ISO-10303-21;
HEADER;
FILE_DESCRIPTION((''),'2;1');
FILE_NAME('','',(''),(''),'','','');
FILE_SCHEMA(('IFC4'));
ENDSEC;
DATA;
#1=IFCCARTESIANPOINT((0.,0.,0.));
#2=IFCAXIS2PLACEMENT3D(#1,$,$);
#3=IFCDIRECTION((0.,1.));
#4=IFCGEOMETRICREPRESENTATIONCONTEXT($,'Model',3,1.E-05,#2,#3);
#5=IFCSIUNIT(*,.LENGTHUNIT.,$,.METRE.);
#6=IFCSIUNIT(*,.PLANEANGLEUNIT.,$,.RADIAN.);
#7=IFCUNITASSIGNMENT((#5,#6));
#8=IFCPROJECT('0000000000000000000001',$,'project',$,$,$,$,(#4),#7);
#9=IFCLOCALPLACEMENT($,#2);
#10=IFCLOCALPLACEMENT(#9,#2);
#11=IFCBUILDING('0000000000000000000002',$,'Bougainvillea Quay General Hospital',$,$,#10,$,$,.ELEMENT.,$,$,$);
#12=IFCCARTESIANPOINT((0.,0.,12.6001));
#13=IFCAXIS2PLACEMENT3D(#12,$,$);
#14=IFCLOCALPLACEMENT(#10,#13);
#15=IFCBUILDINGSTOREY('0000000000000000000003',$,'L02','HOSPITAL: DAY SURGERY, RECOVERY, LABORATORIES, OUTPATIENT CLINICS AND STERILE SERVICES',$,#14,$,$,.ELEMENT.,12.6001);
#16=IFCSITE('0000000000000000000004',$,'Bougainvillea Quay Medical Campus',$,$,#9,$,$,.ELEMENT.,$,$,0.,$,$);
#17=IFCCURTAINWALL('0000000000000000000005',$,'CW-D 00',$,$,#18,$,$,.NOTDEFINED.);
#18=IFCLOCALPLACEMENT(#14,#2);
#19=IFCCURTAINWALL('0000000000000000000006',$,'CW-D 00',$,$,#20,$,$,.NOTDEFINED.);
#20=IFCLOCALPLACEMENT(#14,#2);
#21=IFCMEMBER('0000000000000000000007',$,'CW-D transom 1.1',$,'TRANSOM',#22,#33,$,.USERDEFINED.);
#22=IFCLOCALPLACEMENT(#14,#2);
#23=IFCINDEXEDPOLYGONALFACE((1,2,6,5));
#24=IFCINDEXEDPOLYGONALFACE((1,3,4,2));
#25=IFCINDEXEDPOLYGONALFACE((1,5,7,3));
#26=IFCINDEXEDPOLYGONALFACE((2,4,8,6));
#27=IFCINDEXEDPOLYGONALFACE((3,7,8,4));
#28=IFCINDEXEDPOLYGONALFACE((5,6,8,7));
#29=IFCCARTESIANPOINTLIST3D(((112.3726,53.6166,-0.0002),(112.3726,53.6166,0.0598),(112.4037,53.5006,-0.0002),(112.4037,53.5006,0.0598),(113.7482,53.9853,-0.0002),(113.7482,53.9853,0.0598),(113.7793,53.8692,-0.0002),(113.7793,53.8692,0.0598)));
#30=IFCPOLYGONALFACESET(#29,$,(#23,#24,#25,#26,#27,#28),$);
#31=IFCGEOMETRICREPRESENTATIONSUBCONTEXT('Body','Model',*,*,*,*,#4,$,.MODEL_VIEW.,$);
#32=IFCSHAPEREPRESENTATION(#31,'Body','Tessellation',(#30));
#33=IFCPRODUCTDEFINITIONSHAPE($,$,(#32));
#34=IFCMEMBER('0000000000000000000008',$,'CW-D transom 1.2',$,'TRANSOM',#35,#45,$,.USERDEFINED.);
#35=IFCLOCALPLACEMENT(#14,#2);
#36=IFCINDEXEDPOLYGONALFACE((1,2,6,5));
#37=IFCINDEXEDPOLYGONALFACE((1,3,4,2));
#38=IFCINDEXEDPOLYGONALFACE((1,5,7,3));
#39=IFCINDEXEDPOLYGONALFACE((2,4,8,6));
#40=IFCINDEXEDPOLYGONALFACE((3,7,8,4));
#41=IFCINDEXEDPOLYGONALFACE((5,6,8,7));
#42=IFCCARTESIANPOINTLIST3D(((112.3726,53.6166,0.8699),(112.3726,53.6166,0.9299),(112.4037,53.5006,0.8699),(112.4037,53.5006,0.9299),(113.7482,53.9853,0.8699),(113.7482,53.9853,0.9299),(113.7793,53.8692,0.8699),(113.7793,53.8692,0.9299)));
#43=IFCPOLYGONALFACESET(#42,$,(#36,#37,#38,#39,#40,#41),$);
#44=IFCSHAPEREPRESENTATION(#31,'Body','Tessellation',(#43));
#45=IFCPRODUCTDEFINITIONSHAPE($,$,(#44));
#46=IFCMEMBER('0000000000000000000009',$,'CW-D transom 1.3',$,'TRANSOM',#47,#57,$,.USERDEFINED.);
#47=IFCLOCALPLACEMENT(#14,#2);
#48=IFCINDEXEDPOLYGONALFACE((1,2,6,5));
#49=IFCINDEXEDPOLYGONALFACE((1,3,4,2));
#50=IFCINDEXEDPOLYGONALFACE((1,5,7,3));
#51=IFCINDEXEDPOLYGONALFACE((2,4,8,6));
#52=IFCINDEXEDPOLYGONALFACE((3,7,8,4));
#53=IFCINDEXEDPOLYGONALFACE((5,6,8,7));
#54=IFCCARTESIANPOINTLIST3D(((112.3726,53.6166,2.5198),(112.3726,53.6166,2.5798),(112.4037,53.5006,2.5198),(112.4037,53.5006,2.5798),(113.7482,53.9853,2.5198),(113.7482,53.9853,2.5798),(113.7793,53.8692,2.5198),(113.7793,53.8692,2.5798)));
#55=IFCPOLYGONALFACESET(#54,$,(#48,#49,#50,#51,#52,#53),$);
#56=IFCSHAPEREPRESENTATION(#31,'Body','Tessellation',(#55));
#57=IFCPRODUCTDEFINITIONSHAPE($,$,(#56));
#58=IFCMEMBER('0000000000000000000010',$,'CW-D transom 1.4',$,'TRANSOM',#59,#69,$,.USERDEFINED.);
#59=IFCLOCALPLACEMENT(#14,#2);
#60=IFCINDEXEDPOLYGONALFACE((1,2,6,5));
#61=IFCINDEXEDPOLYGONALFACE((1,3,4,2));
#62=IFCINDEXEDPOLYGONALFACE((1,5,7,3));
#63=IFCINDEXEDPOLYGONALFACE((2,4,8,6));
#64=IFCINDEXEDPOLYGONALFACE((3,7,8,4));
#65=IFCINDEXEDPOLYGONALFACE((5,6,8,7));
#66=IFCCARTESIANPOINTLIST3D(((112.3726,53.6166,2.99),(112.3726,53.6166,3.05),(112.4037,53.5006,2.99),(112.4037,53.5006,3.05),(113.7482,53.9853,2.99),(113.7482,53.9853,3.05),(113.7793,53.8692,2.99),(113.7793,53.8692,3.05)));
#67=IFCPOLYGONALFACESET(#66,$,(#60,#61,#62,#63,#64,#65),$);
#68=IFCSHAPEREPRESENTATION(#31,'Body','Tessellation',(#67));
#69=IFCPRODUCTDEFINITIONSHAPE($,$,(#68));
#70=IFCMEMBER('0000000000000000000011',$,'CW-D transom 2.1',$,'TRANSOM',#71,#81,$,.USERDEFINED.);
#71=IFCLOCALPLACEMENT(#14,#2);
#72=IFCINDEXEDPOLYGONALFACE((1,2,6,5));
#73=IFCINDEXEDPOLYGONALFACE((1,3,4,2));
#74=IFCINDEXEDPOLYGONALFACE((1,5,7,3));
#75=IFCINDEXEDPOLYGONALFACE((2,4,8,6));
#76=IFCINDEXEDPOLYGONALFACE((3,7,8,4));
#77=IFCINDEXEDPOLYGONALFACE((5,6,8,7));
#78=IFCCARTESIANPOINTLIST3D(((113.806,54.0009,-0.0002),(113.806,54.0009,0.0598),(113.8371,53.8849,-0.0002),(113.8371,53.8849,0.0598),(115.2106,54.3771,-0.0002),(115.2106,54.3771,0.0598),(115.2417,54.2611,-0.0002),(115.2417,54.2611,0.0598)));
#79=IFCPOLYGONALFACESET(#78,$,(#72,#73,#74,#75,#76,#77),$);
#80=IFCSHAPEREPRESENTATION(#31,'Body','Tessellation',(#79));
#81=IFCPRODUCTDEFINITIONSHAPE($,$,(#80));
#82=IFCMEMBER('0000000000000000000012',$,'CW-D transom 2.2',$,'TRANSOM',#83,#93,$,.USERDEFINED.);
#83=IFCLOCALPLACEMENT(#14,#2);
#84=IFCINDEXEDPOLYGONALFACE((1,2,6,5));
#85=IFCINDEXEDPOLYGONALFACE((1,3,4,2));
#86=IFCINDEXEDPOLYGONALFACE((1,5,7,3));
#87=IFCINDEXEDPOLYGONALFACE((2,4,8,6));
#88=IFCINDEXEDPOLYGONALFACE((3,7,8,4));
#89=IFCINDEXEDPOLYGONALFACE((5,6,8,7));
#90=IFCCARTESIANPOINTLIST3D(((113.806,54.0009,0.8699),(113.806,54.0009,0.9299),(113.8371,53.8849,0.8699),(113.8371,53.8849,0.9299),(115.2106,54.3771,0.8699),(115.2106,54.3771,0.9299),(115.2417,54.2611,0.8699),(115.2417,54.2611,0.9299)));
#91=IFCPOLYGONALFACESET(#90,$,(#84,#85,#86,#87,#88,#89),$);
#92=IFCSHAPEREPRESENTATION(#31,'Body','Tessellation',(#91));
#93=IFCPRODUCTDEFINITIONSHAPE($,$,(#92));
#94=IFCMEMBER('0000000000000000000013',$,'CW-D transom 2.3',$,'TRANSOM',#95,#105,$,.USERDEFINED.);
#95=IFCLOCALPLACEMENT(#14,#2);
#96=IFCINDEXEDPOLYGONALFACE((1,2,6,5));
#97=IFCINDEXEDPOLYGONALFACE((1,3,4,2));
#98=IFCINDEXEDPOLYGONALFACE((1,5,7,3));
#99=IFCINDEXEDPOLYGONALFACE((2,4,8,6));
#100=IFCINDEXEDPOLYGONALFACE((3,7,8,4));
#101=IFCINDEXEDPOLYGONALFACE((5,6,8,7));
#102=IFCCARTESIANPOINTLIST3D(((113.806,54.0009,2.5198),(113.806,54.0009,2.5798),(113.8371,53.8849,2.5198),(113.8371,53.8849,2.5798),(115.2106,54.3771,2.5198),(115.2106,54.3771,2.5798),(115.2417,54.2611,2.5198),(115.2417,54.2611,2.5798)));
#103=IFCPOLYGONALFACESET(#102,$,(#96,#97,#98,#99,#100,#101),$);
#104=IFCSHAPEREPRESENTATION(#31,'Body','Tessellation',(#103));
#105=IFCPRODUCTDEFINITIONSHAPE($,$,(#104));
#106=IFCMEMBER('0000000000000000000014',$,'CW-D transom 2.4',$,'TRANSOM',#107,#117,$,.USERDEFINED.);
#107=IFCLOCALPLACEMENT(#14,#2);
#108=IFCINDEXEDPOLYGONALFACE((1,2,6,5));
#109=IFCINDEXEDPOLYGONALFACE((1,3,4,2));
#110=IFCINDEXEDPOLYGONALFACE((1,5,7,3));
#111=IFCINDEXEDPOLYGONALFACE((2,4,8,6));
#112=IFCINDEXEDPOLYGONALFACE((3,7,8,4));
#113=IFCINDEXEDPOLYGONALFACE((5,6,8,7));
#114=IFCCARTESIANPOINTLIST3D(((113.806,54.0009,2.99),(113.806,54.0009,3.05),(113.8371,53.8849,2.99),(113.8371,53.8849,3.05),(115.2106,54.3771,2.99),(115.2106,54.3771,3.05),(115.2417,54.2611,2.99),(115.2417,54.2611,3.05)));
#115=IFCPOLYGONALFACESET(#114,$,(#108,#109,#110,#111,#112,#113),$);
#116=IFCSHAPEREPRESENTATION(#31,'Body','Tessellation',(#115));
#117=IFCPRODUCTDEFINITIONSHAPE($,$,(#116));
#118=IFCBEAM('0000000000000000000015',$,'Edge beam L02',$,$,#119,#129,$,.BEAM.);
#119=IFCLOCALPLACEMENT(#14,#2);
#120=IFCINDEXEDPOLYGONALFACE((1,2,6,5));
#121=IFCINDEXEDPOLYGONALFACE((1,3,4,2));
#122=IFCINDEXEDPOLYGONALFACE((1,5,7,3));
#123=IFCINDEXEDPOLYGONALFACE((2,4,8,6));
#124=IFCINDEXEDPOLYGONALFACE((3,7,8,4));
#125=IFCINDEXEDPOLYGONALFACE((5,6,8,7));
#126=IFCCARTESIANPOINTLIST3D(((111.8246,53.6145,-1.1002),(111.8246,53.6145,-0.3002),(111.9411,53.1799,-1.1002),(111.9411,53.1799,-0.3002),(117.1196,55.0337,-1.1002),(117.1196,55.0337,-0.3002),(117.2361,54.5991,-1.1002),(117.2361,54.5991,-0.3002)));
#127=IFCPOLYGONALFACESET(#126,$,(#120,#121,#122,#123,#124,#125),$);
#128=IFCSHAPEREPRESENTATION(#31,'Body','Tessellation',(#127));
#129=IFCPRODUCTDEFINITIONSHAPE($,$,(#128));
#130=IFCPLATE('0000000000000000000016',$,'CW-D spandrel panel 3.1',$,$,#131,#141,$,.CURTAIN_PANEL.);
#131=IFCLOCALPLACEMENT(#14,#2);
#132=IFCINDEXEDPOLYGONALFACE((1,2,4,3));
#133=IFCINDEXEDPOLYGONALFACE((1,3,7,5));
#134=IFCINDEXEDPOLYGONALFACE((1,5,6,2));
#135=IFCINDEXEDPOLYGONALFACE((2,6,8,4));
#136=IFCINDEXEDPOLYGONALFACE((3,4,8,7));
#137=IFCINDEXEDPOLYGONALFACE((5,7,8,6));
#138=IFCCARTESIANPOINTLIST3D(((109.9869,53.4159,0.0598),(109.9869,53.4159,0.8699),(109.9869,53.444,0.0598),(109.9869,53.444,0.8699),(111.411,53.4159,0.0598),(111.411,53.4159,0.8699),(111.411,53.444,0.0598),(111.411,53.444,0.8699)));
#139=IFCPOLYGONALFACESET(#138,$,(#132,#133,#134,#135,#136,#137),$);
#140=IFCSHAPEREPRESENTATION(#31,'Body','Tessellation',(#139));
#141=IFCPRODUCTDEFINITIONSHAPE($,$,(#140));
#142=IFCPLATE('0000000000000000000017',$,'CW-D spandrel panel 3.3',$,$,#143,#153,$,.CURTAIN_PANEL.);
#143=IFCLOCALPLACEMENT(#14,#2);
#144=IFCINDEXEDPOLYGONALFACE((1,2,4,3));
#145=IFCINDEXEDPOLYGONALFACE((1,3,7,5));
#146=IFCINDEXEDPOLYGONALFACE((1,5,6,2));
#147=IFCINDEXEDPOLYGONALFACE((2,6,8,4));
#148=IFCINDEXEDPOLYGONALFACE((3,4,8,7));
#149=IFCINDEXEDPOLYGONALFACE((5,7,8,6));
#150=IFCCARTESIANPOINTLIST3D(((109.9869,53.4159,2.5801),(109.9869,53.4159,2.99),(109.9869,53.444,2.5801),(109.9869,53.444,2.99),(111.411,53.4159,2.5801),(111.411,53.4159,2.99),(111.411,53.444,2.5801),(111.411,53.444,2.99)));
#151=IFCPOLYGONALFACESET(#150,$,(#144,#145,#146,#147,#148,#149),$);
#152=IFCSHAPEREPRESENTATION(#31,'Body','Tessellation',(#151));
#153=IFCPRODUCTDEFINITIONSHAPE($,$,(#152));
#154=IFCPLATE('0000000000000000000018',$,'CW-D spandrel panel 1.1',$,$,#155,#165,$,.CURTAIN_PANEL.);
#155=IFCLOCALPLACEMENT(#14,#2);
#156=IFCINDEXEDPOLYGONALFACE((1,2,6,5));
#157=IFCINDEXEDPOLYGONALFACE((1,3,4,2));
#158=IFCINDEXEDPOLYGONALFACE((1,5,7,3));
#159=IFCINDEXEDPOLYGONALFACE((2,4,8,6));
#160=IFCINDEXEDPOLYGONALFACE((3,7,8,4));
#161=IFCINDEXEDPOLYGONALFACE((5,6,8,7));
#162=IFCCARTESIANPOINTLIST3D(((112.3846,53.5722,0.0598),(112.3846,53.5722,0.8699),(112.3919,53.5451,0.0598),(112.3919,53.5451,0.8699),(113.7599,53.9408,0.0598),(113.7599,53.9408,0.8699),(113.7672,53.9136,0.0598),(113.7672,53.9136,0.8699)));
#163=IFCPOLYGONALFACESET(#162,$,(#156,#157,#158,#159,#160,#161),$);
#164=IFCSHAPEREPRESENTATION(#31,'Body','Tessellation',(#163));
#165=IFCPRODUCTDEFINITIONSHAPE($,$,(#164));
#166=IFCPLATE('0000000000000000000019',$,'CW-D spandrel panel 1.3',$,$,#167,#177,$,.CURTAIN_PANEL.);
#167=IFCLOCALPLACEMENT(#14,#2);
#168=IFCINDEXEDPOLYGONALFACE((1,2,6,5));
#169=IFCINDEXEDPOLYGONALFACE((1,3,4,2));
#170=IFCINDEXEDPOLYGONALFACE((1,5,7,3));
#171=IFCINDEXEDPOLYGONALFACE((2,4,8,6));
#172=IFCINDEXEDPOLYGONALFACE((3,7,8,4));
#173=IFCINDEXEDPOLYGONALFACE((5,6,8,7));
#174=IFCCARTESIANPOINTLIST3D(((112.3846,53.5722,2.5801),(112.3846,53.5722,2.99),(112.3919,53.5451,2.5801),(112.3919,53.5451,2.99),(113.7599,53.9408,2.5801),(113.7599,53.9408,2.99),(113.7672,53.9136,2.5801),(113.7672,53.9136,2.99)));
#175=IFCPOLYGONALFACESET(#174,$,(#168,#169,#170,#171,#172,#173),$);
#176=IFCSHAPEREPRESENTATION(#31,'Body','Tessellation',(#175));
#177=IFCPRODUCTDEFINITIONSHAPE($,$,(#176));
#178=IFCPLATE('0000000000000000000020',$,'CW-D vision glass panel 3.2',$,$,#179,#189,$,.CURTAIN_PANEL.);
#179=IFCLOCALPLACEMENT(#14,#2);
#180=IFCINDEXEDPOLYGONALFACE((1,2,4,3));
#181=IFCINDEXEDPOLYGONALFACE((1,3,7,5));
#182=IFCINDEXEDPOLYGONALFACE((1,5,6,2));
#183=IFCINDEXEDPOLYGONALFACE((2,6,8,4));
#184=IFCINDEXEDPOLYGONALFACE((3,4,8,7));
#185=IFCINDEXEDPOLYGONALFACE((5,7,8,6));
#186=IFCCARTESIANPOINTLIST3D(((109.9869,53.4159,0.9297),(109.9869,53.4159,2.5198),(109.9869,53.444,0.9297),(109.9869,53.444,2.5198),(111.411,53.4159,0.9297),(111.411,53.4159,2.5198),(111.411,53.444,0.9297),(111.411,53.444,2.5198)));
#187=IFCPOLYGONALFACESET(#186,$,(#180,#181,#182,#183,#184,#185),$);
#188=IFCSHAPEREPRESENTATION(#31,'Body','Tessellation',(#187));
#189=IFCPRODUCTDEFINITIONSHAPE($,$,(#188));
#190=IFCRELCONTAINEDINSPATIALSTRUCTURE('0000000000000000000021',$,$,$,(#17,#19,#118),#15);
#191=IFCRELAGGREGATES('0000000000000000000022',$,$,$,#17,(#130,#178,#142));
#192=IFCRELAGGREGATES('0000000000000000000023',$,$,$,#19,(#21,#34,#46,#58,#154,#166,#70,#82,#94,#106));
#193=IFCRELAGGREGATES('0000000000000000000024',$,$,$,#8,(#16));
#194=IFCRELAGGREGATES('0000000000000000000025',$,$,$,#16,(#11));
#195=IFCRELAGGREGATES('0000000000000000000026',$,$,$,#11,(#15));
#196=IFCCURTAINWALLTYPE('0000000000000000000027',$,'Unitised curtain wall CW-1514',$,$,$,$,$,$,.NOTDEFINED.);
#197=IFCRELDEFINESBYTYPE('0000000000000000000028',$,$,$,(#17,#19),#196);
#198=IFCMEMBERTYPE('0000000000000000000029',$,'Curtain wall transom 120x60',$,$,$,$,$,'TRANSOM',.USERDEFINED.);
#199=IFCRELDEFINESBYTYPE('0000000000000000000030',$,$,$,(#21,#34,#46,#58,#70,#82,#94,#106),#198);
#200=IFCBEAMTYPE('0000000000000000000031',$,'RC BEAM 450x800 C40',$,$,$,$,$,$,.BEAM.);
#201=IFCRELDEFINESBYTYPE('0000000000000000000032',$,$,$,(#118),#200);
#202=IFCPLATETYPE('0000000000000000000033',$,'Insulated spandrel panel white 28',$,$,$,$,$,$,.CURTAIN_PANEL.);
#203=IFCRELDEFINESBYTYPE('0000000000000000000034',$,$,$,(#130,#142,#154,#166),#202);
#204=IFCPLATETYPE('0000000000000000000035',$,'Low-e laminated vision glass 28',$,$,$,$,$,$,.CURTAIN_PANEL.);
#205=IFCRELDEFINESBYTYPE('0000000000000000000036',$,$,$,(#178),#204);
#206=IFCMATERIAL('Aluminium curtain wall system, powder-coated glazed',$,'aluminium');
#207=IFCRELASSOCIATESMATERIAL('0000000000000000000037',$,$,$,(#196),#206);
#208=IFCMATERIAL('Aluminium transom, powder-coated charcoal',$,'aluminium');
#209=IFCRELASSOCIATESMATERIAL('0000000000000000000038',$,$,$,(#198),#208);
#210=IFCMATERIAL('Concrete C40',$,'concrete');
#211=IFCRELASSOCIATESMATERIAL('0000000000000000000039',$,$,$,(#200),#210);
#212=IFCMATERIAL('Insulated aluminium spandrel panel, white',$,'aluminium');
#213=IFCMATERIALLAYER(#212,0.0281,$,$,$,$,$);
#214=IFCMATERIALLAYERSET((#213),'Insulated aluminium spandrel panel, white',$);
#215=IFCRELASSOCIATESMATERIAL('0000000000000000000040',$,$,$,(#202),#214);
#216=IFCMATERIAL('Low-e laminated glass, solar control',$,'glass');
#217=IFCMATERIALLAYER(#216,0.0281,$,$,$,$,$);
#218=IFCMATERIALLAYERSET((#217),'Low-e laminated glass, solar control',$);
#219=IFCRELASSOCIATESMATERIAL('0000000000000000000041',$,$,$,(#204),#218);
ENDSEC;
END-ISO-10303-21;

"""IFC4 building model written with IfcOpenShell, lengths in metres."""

from ifc_helpers import new_model, si_unit, direction, frame, origin, origin_2d, place, context, subcontext, project, spatial, rectangle, extrude, material, layer, layer_set, material_profile, profile_set, type_object, element, aggregate, save


model = new_model("IFC4")

# Units and contexts
model_context = context("Model", 3, precision=1e-05, world=origin(), true_north=direction((0.0, 1.0)))
body_context = subcontext(model_context, "Body", "Model", "MODEL_VIEW")
ifc_project = project(units=[si_unit("LENGTHUNIT", "METRE"), si_unit("PLANEANGLEUNIT", "RADIAN")], contexts=[model_context])

# Site, building, storey
site_placement = place(None, origin())
site = spatial("IfcSite", under=ifc_project, at=site_placement, Name="Bougainvillea Quay Medical Campus", CompositionType="ELEMENT", RefElevation=0.0)
building_placement = place(site_placement, origin())
building = spatial("IfcBuilding", under=site, at=building_placement, Name="Bougainvillea Quay General Hospital", CompositionType="ELEMENT")
storey_placement = place(building_placement, frame((0.0, 0.0, 12.6001)))
storey = spatial("IfcBuildingStorey", under=building, at=storey_placement, Name="L02", Description="HOSPITAL: DAY SURGERY, RECOVERY, LABORATORIES, OUTPATIENT CLINICS AND STERILE SERVICES", CompositionType="ELEMENT", Elevation=12.6001)

# Shared definitions
ifc_material_1 = material(Name="Concrete C40", Category="concrete")

# Curtain walls
ifc_material_2 = material(Name="Aluminium curtain wall system, powder-coated glazed", Category="aluminium")
curtain_wall_type = type_object("IfcCurtainWallType", Name="Unitised curtain wall CW-1514", PredefinedType="NOTDEFINED", material=ifc_material_2)
curtain_wall_1_placement = place(storey_placement, origin())
curtain_wall_1 = element("IfcCurtainWall", 1, at=curtain_wall_1_placement, inside=storey, type_object=curtain_wall_type, Name="CW-D 00", PredefinedType="NOTDEFINED")
curtain_wall_2_placement = place(storey_placement, origin())
curtain_wall_2 = element("IfcCurtainWall", 2, at=curtain_wall_2_placement, inside=storey, type_object=curtain_wall_type, Name="CW-D 00", PredefinedType="NOTDEFINED")

# Members
ifc_material_3 = material(Name="Aluminium transom, powder-coated charcoal", Category="aluminium")
ifc_material_profile_1 = material_profile(ifc_material_3, rectangle(XDim=0.1201, YDim=0.0601, at=origin_2d()))
ifc_profile_set_1 = profile_set([ifc_material_profile_1], Name="Aluminium transom, powder-coated charcoal")
member_type_1 = type_object("IfcMemberType", Name="Curtain wall transom 120x60", ElementType="TRANSOM", PredefinedType="USERDEFINED", material=ifc_profile_set_1)
member_1_placement = place(storey_placement, frame((112.3882, 53.5586, 0.0298), z_axis=(0.96591, 0.258879, 0.0), x_axis=(-0.258879, 0.96591, 0.0)))
member_1 = element("IfcMember", 3, at=member_1_placement, type_object=member_type_1, Name="CW-D transom 1.1", ObjectType="TRANSOM", PredefinedType="USERDEFINED", context=body_context, shape_type="SweptSolid", body=[
    extrude(rectangle(XDim=0.1201, YDim=0.0601, at=origin_2d()), origin(), (0.0, 0.0, 1.0), 1.4241),
])
member_2_placement = place(storey_placement, frame((112.3882, 53.5586, 0.8999), z_axis=(0.96591, 0.258879, 0.0), x_axis=(-0.258879, 0.96591, 0.0)))
member_2 = element("IfcMember", 4, at=member_2_placement, type_object=member_type_1, Name="CW-D transom 1.2", ObjectType="TRANSOM", PredefinedType="USERDEFINED", context=body_context, shape_type="SweptSolid", body=[
    extrude(rectangle(XDim=0.1201, YDim=0.0601, at=origin_2d()), origin(), (0.0, 0.0, 1.0), 1.4241),
])
member_3_placement = place(storey_placement, frame((112.3882, 53.5586, 2.5498), z_axis=(0.96591, 0.258879, 0.0), x_axis=(-0.258879, 0.96591, 0.0)))
member_3 = element("IfcMember", 5, at=member_3_placement, type_object=member_type_1, Name="CW-D transom 1.3", ObjectType="TRANSOM", PredefinedType="USERDEFINED", context=body_context, shape_type="SweptSolid", body=[
    extrude(rectangle(XDim=0.1201, YDim=0.0601, at=origin_2d()), origin(), (0.0, 0.0, 1.0), 1.4241),
])
member_4_placement = place(storey_placement, frame((112.3882, 53.5586, 3.02), z_axis=(0.96591, 0.258879, 0.0), x_axis=(-0.258879, 0.96591, 0.0)))
member_4 = element("IfcMember", 6, at=member_4_placement, type_object=member_type_1, Name="CW-D transom 1.4", ObjectType="TRANSOM", PredefinedType="USERDEFINED", context=body_context, shape_type="SweptSolid", body=[
    extrude(rectangle(XDim=0.1201, YDim=0.0601, at=origin_2d()), origin(), (0.0, 0.0, 1.0), 1.4241),
])
member_5_placement = place(storey_placement, frame((113.8215, 53.9429, 0.0298), z_axis=(0.965947, 0.258739, 0.0), x_axis=(-0.258739, 0.965947, 0.0)))
member_5 = element("IfcMember", 7, at=member_5_placement, type_object=member_type_1, Name="CW-D transom 2.1", ObjectType="TRANSOM", PredefinedType="USERDEFINED", context=body_context, shape_type="SweptSolid", body=[
    extrude(rectangle(XDim=0.1201, YDim=0.0601, at=origin_2d()), origin(), (0.0, 0.0, 1.0), 1.4541),
])
member_6_placement = place(storey_placement, frame((113.8215, 53.9429, 0.8999), z_axis=(0.965947, 0.258739, 0.0), x_axis=(-0.258739, 0.965947, 0.0)))
member_6 = element("IfcMember", 8, at=member_6_placement, type_object=member_type_1, Name="CW-D transom 2.2", ObjectType="TRANSOM", PredefinedType="USERDEFINED", context=body_context, shape_type="SweptSolid", body=[
    extrude(rectangle(XDim=0.1201, YDim=0.0601, at=origin_2d()), origin(), (0.0, 0.0, 1.0), 1.4541),
])
member_7_placement = place(storey_placement, frame((113.8215, 53.9429, 2.5498), z_axis=(0.965947, 0.258739, 0.0), x_axis=(-0.258739, 0.965947, 0.0)))
member_7 = element("IfcMember", 9, at=member_7_placement, type_object=member_type_1, Name="CW-D transom 2.3", ObjectType="TRANSOM", PredefinedType="USERDEFINED", context=body_context, shape_type="SweptSolid", body=[
    extrude(rectangle(XDim=0.1201, YDim=0.0601, at=origin_2d()), origin(), (0.0, 0.0, 1.0), 1.4541),
])
member_8_placement = place(storey_placement, frame((113.8215, 53.9429, 3.02), z_axis=(0.965947, 0.258739, 0.0), x_axis=(-0.258739, 0.965947, 0.0)))
member_8 = element("IfcMember", 10, at=member_8_placement, type_object=member_type_1, Name="CW-D transom 2.4", ObjectType="TRANSOM", PredefinedType="USERDEFINED", context=body_context, shape_type="SweptSolid", body=[
    extrude(rectangle(XDim=0.1201, YDim=0.0601, at=origin_2d()), origin(), (0.0, 0.0, 1.0), 1.4541),
])

# Beam
ifc_material_profile_2 = material_profile(ifc_material_1, rectangle(XDim=0.45, YDim=0.8, at=origin_2d()))
ifc_profile_set_2 = profile_set([ifc_material_profile_2], Name="Concrete C40")
beam_type = type_object("IfcBeamType", Name="RC BEAM 450x800 C40", PredefinedType="BEAM", material=ifc_profile_set_2)
beam_placement = place(storey_placement, frame((111.8828, 53.3972, -0.7002), z_axis=(0.965907, 0.25889, 0.0), x_axis=(-0.25889, 0.965907, 0.0)))
element("IfcBeam", 11, at=beam_placement, inside=storey, type_object=beam_type, Name="Edge beam L02", PredefinedType="BEAM", context=body_context, shape_type="SweptSolid", body=[
    extrude(rectangle(XDim=0.45, YDim=0.8, at=origin_2d()), origin(), (0.0, 0.0, 1.0), 5.4819),
])

# Plates
ifc_material_4 = material(Name="Insulated aluminium spandrel panel, white", Category="aluminium")
ifc_layer_1 = layer(ifc_material_4, 0.0281)
ifc_layer_set_1 = layer_set([ifc_layer_1], Name="Insulated aluminium spandrel panel, white")
plate_type_1 = type_object("IfcPlateType", Name="Insulated spandrel panel white 28", PredefinedType="CURTAIN_PANEL", material=ifc_layer_set_1)
plate_1_placement = place(storey_placement, frame((110.699, 53.4299, 0.0598), z_axis=(0.0, 0.0, 1.0), x_axis=(1.0, 0.0, 0.0)))
plate_1 = element("IfcPlate", 12, at=plate_1_placement, type_object=plate_type_1, Name="CW-D spandrel panel 3.1", PredefinedType="CURTAIN_PANEL", context=body_context, shape_type="SweptSolid", body=[
    extrude(rectangle(XDim=1.4241, YDim=0.0281, at=origin_2d()), origin(), (0.0, 0.0, 1.0), 0.8101),
])
plate_2_placement = place(storey_placement, frame((110.699, 53.4299, 2.5801), z_axis=(0.0, 0.0, 1.0), x_axis=(1.0, 0.0, 0.0)))
plate_2 = element("IfcPlate", 13, at=plate_2_placement, type_object=plate_type_1, Name="CW-D spandrel panel 3.3", PredefinedType="CURTAIN_PANEL", context=body_context, shape_type="SweptSolid", body=[
    extrude(rectangle(XDim=1.4241, YDim=0.0281, at=origin_2d()), origin(), (0.0, 0.0, 1.0), 0.4099),
])
plate_3_placement = place(storey_placement, frame((113.0759, 53.7429, 0.0598), z_axis=(0.0, 0.0, 1.0), x_axis=(0.965916, 0.258855, 0.0)))
plate_3 = element("IfcPlate", 14, at=plate_3_placement, type_object=plate_type_1, Name="CW-D spandrel panel 1.1", PredefinedType="CURTAIN_PANEL", context=body_context, shape_type="SweptSolid", body=[
    extrude(rectangle(XDim=1.4238, YDim=0.0281, at=origin_2d()), origin(), (0.0, 0.0, 1.0), 0.8101),
])
plate_4_placement = place(storey_placement, frame((113.0759, 53.7429, 2.5801), z_axis=(0.0, 0.0, 1.0), x_axis=(0.965916, 0.258855, 0.0)))
plate_4 = element("IfcPlate", 15, at=plate_4_placement, type_object=plate_type_1, Name="CW-D spandrel panel 1.3", PredefinedType="CURTAIN_PANEL", context=body_context, shape_type="SweptSolid", body=[
    extrude(rectangle(XDim=1.4238, YDim=0.0281, at=origin_2d()), origin(), (0.0, 0.0, 1.0), 0.4099),
])
ifc_material_5 = material(Name="Low-e laminated glass, solar control", Category="glass")
ifc_layer_2 = layer(ifc_material_5, 0.0281)
ifc_layer_set_2 = layer_set([ifc_layer_2], Name="Low-e laminated glass, solar control")
plate_type_2 = type_object("IfcPlateType", Name="Low-e laminated vision glass 28", PredefinedType="CURTAIN_PANEL", material=ifc_layer_set_2)
plate_5_placement = place(storey_placement, frame((110.699, 53.4299, 0.9297), z_axis=(0.0, 0.0, 1.0), x_axis=(1.0, 0.0, 0.0)))
plate_5 = element("IfcPlate", 16, at=plate_5_placement, type_object=plate_type_2, Name="CW-D vision glass panel 3.2", PredefinedType="CURTAIN_PANEL", context=body_context, shape_type="SweptSolid", body=[
    extrude(rectangle(XDim=1.4241, YDim=0.0281, at=origin_2d()), origin(), (0.0, 0.0, 1.0), 1.5901),
])
aggregate(curtain_wall_1, [plate_1, plate_5, plate_2])
aggregate(curtain_wall_2, [member_1, member_2, member_3, member_4, plate_3, plate_4, member_5, member_6, member_7, member_8])

save(model, "model.ifc")
